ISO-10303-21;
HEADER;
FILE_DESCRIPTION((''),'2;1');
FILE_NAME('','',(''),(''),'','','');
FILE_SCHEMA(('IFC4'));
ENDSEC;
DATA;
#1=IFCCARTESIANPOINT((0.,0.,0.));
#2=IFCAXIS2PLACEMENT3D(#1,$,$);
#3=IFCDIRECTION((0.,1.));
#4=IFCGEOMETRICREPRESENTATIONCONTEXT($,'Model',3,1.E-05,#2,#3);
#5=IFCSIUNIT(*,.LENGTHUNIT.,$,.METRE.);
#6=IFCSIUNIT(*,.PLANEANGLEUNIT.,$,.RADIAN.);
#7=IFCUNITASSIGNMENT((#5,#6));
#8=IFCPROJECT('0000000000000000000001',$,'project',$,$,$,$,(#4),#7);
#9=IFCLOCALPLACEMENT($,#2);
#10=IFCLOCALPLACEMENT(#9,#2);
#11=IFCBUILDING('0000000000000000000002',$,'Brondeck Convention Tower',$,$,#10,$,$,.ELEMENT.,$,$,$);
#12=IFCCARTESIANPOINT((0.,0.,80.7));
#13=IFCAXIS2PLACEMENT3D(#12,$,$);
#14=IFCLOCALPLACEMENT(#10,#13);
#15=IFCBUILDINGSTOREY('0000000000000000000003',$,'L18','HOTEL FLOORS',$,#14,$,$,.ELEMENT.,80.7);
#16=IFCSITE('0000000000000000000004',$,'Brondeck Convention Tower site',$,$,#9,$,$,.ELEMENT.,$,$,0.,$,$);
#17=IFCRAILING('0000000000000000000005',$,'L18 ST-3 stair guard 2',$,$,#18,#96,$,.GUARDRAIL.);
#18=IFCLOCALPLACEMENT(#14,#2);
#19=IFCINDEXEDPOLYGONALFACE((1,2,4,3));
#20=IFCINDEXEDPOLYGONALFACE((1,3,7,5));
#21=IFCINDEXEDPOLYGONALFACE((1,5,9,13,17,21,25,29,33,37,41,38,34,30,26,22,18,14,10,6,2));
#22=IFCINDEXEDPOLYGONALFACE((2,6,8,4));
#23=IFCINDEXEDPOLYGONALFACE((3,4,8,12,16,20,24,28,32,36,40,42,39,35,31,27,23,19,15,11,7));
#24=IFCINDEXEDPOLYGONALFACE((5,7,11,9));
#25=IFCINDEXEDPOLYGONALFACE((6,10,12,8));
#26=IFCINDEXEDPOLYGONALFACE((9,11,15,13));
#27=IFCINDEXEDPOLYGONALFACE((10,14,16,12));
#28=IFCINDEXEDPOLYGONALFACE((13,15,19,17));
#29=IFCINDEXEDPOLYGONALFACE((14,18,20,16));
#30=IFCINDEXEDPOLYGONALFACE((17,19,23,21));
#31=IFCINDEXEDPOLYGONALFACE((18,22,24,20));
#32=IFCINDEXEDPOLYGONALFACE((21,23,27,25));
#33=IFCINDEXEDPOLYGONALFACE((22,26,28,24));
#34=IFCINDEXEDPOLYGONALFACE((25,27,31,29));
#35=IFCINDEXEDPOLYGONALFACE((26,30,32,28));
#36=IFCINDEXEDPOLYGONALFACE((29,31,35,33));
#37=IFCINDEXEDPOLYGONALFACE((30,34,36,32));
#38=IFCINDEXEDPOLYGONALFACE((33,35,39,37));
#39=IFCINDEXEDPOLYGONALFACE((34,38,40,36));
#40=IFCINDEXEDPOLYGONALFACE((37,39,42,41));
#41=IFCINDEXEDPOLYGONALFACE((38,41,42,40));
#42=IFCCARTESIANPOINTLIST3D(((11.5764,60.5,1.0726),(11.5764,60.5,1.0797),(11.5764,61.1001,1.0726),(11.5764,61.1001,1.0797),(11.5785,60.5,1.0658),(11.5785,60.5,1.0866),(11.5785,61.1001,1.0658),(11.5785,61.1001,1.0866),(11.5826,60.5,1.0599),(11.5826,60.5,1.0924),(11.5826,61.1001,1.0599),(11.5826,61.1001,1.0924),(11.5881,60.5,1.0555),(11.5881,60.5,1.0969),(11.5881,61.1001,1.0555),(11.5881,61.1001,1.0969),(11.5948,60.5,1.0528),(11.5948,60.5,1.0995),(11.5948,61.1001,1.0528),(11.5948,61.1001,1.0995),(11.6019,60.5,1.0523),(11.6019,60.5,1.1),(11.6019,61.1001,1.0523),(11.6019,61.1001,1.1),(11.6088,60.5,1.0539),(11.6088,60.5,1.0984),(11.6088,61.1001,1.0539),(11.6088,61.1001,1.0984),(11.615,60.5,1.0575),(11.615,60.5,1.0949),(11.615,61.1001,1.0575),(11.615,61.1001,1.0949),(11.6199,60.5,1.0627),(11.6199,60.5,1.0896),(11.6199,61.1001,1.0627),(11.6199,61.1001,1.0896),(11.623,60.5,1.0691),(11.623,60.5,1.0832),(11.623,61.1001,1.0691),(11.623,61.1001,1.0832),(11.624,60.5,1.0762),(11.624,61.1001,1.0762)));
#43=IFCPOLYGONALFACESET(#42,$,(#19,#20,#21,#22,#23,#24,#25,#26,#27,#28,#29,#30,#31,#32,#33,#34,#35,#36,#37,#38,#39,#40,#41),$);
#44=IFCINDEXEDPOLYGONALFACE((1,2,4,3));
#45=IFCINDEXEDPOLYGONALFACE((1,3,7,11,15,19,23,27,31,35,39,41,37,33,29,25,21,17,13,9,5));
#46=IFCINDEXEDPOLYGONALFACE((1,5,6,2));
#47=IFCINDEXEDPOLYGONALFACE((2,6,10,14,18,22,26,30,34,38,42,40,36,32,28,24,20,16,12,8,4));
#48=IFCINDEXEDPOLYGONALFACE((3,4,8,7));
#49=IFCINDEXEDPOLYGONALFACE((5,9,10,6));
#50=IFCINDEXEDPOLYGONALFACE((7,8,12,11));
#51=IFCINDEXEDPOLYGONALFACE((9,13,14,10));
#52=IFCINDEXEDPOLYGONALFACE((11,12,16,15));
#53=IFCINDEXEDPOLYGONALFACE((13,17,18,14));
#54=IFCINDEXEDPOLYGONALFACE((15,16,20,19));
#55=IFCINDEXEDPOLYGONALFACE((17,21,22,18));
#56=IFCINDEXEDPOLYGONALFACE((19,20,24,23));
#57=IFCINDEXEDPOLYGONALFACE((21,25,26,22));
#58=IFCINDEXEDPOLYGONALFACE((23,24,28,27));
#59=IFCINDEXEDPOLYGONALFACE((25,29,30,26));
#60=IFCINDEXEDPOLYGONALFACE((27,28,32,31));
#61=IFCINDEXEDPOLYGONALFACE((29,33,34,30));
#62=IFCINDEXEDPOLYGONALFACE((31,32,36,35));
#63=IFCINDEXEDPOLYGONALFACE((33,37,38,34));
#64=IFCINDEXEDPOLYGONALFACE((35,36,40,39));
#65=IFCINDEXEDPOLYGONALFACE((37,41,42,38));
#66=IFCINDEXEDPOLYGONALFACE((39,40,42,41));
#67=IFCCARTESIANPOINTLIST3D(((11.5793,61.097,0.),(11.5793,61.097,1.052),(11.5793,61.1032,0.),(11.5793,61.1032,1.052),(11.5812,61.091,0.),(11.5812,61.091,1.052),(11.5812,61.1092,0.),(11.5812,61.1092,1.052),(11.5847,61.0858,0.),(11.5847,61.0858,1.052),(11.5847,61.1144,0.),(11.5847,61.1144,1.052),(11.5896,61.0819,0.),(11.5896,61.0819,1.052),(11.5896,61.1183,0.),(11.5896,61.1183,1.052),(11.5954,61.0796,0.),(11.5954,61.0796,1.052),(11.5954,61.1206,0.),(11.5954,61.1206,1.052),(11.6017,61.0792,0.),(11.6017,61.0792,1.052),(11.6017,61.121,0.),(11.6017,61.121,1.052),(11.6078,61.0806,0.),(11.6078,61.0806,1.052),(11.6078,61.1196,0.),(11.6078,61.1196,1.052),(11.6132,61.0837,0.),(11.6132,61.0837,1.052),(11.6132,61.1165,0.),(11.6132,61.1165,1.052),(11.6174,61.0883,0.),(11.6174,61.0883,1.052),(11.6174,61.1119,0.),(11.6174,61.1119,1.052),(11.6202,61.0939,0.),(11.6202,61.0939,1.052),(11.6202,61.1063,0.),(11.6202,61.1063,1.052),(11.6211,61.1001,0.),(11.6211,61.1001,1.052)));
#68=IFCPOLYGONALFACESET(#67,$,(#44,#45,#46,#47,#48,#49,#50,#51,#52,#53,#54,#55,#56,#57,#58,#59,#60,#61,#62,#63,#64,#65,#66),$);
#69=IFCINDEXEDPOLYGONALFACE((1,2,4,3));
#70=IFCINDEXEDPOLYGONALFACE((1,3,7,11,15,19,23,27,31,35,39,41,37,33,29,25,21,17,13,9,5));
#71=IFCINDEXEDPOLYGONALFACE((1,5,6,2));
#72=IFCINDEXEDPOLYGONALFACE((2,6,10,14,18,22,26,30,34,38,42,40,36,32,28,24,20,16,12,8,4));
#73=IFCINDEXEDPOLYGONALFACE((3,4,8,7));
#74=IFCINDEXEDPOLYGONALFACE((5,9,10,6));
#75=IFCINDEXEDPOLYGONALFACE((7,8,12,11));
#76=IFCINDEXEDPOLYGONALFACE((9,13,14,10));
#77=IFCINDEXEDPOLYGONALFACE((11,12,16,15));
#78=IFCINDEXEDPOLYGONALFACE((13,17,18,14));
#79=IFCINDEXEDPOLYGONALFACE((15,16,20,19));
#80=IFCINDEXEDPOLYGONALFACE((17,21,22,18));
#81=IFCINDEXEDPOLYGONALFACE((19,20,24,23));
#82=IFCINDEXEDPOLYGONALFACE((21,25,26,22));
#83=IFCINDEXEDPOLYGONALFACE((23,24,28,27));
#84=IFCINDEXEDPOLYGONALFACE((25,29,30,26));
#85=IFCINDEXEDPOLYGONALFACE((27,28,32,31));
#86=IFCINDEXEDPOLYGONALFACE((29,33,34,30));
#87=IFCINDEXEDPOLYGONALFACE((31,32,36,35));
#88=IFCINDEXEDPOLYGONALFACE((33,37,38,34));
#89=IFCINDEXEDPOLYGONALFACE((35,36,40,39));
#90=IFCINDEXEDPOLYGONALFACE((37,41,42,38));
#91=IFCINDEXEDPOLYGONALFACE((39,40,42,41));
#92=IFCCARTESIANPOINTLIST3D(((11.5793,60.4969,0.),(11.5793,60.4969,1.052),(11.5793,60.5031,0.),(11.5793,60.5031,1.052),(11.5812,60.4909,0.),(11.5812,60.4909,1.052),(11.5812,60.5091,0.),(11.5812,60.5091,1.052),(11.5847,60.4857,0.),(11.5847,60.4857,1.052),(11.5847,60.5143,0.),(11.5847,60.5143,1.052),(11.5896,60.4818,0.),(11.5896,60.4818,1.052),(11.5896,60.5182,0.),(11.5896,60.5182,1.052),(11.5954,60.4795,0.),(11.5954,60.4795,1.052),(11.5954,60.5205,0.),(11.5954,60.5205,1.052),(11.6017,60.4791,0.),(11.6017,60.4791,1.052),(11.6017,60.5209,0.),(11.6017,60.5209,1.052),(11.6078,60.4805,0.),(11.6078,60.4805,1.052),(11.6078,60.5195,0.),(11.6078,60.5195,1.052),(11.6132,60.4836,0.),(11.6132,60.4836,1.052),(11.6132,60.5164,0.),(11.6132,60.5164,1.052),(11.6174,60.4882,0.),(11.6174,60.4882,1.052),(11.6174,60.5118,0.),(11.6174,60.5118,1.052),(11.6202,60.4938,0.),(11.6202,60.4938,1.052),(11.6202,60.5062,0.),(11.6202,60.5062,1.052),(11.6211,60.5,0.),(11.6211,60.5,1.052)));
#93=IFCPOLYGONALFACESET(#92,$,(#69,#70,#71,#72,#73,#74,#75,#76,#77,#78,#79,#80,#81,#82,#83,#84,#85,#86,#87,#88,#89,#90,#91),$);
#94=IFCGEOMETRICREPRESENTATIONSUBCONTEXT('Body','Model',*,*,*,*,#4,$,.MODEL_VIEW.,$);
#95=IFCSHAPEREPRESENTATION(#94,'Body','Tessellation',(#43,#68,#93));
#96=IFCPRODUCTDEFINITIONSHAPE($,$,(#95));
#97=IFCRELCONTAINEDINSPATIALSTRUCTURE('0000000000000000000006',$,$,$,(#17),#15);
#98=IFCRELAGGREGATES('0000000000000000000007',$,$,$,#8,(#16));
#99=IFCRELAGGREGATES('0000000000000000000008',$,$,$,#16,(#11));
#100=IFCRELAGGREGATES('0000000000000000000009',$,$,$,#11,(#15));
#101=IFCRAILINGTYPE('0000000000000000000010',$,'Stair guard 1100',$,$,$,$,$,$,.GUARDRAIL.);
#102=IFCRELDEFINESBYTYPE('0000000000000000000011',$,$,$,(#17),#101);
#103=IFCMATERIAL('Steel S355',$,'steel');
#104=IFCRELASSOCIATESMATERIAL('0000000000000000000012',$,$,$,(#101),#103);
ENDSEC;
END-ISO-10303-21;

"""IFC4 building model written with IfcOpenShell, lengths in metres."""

from ifc_helpers import new_model, si_unit, direction, frame, origin, origin_2d, place, context, subcontext, project, spatial, circle, extrude, material, type_object, element, save


model = new_model("IFC4")

# Units and contexts
model_context = context("Model", 3, precision=1e-05, world=origin(), true_north=direction((0.0, 1.0)))
body_context = subcontext(model_context, "Body", "Model", "MODEL_VIEW")
ifc_project = project(units=[si_unit("LENGTHUNIT", "METRE"), si_unit("PLANEANGLEUNIT", "RADIAN")], contexts=[model_context])

# Site, building, storey
site_placement = place(None, origin())
site = spatial("IfcSite", under=ifc_project, at=site_placement, Name="Brondeck Convention Tower site", CompositionType="ELEMENT", RefElevation=0.0)
building_placement = place(site_placement, origin())
building = spatial("IfcBuilding", under=site, at=building_placement, Name="Brondeck Convention Tower", CompositionType="ELEMENT")
storey_placement = place(building_placement, frame((0.0, 0.0, 80.7)))
storey = spatial("IfcBuildingStorey", under=building, at=storey_placement, Name="L18", Description="HOTEL FLOORS", CompositionType="ELEMENT", Elevation=80.7)

# Railing
ifc_material_1 = material(Name="Steel S355", Category="steel")
railing_type_1 = type_object("IfcRailingType", Name="Stair guard 1100", PredefinedType="GUARDRAIL", material=ifc_material_1)
railing_1_placement = place(storey_placement, frame((11.6001, 61.1001, 0.0)))
element("IfcRailing", 1, at=railing_1_placement, inside=storey, type_object=railing_type_1, Name="L18 ST-3 stair guard 2", PredefinedType="GUARDRAIL", context=body_context, shape_type="SweptSolid", body=[
    extrude(circle(Radius=0.0239, at=origin_2d()), frame((0.0, 0.0, 1.0762), z_axis=(0.0, -1.0, 0.0), x_axis=(1.0, 0.0, 0.0)), (0.0, 0.0, 1.0), 0.6001),
    extrude(circle(Radius=0.021, at=origin_2d()), origin(), (0.0, 0.0, 1.0), 1.052),
    extrude(circle(Radius=0.021, at=origin_2d()), frame((0.0, -0.6001, 0.0)), (0.0, 0.0, 1.0), 1.052),
])

save(model, "model.ifc")
